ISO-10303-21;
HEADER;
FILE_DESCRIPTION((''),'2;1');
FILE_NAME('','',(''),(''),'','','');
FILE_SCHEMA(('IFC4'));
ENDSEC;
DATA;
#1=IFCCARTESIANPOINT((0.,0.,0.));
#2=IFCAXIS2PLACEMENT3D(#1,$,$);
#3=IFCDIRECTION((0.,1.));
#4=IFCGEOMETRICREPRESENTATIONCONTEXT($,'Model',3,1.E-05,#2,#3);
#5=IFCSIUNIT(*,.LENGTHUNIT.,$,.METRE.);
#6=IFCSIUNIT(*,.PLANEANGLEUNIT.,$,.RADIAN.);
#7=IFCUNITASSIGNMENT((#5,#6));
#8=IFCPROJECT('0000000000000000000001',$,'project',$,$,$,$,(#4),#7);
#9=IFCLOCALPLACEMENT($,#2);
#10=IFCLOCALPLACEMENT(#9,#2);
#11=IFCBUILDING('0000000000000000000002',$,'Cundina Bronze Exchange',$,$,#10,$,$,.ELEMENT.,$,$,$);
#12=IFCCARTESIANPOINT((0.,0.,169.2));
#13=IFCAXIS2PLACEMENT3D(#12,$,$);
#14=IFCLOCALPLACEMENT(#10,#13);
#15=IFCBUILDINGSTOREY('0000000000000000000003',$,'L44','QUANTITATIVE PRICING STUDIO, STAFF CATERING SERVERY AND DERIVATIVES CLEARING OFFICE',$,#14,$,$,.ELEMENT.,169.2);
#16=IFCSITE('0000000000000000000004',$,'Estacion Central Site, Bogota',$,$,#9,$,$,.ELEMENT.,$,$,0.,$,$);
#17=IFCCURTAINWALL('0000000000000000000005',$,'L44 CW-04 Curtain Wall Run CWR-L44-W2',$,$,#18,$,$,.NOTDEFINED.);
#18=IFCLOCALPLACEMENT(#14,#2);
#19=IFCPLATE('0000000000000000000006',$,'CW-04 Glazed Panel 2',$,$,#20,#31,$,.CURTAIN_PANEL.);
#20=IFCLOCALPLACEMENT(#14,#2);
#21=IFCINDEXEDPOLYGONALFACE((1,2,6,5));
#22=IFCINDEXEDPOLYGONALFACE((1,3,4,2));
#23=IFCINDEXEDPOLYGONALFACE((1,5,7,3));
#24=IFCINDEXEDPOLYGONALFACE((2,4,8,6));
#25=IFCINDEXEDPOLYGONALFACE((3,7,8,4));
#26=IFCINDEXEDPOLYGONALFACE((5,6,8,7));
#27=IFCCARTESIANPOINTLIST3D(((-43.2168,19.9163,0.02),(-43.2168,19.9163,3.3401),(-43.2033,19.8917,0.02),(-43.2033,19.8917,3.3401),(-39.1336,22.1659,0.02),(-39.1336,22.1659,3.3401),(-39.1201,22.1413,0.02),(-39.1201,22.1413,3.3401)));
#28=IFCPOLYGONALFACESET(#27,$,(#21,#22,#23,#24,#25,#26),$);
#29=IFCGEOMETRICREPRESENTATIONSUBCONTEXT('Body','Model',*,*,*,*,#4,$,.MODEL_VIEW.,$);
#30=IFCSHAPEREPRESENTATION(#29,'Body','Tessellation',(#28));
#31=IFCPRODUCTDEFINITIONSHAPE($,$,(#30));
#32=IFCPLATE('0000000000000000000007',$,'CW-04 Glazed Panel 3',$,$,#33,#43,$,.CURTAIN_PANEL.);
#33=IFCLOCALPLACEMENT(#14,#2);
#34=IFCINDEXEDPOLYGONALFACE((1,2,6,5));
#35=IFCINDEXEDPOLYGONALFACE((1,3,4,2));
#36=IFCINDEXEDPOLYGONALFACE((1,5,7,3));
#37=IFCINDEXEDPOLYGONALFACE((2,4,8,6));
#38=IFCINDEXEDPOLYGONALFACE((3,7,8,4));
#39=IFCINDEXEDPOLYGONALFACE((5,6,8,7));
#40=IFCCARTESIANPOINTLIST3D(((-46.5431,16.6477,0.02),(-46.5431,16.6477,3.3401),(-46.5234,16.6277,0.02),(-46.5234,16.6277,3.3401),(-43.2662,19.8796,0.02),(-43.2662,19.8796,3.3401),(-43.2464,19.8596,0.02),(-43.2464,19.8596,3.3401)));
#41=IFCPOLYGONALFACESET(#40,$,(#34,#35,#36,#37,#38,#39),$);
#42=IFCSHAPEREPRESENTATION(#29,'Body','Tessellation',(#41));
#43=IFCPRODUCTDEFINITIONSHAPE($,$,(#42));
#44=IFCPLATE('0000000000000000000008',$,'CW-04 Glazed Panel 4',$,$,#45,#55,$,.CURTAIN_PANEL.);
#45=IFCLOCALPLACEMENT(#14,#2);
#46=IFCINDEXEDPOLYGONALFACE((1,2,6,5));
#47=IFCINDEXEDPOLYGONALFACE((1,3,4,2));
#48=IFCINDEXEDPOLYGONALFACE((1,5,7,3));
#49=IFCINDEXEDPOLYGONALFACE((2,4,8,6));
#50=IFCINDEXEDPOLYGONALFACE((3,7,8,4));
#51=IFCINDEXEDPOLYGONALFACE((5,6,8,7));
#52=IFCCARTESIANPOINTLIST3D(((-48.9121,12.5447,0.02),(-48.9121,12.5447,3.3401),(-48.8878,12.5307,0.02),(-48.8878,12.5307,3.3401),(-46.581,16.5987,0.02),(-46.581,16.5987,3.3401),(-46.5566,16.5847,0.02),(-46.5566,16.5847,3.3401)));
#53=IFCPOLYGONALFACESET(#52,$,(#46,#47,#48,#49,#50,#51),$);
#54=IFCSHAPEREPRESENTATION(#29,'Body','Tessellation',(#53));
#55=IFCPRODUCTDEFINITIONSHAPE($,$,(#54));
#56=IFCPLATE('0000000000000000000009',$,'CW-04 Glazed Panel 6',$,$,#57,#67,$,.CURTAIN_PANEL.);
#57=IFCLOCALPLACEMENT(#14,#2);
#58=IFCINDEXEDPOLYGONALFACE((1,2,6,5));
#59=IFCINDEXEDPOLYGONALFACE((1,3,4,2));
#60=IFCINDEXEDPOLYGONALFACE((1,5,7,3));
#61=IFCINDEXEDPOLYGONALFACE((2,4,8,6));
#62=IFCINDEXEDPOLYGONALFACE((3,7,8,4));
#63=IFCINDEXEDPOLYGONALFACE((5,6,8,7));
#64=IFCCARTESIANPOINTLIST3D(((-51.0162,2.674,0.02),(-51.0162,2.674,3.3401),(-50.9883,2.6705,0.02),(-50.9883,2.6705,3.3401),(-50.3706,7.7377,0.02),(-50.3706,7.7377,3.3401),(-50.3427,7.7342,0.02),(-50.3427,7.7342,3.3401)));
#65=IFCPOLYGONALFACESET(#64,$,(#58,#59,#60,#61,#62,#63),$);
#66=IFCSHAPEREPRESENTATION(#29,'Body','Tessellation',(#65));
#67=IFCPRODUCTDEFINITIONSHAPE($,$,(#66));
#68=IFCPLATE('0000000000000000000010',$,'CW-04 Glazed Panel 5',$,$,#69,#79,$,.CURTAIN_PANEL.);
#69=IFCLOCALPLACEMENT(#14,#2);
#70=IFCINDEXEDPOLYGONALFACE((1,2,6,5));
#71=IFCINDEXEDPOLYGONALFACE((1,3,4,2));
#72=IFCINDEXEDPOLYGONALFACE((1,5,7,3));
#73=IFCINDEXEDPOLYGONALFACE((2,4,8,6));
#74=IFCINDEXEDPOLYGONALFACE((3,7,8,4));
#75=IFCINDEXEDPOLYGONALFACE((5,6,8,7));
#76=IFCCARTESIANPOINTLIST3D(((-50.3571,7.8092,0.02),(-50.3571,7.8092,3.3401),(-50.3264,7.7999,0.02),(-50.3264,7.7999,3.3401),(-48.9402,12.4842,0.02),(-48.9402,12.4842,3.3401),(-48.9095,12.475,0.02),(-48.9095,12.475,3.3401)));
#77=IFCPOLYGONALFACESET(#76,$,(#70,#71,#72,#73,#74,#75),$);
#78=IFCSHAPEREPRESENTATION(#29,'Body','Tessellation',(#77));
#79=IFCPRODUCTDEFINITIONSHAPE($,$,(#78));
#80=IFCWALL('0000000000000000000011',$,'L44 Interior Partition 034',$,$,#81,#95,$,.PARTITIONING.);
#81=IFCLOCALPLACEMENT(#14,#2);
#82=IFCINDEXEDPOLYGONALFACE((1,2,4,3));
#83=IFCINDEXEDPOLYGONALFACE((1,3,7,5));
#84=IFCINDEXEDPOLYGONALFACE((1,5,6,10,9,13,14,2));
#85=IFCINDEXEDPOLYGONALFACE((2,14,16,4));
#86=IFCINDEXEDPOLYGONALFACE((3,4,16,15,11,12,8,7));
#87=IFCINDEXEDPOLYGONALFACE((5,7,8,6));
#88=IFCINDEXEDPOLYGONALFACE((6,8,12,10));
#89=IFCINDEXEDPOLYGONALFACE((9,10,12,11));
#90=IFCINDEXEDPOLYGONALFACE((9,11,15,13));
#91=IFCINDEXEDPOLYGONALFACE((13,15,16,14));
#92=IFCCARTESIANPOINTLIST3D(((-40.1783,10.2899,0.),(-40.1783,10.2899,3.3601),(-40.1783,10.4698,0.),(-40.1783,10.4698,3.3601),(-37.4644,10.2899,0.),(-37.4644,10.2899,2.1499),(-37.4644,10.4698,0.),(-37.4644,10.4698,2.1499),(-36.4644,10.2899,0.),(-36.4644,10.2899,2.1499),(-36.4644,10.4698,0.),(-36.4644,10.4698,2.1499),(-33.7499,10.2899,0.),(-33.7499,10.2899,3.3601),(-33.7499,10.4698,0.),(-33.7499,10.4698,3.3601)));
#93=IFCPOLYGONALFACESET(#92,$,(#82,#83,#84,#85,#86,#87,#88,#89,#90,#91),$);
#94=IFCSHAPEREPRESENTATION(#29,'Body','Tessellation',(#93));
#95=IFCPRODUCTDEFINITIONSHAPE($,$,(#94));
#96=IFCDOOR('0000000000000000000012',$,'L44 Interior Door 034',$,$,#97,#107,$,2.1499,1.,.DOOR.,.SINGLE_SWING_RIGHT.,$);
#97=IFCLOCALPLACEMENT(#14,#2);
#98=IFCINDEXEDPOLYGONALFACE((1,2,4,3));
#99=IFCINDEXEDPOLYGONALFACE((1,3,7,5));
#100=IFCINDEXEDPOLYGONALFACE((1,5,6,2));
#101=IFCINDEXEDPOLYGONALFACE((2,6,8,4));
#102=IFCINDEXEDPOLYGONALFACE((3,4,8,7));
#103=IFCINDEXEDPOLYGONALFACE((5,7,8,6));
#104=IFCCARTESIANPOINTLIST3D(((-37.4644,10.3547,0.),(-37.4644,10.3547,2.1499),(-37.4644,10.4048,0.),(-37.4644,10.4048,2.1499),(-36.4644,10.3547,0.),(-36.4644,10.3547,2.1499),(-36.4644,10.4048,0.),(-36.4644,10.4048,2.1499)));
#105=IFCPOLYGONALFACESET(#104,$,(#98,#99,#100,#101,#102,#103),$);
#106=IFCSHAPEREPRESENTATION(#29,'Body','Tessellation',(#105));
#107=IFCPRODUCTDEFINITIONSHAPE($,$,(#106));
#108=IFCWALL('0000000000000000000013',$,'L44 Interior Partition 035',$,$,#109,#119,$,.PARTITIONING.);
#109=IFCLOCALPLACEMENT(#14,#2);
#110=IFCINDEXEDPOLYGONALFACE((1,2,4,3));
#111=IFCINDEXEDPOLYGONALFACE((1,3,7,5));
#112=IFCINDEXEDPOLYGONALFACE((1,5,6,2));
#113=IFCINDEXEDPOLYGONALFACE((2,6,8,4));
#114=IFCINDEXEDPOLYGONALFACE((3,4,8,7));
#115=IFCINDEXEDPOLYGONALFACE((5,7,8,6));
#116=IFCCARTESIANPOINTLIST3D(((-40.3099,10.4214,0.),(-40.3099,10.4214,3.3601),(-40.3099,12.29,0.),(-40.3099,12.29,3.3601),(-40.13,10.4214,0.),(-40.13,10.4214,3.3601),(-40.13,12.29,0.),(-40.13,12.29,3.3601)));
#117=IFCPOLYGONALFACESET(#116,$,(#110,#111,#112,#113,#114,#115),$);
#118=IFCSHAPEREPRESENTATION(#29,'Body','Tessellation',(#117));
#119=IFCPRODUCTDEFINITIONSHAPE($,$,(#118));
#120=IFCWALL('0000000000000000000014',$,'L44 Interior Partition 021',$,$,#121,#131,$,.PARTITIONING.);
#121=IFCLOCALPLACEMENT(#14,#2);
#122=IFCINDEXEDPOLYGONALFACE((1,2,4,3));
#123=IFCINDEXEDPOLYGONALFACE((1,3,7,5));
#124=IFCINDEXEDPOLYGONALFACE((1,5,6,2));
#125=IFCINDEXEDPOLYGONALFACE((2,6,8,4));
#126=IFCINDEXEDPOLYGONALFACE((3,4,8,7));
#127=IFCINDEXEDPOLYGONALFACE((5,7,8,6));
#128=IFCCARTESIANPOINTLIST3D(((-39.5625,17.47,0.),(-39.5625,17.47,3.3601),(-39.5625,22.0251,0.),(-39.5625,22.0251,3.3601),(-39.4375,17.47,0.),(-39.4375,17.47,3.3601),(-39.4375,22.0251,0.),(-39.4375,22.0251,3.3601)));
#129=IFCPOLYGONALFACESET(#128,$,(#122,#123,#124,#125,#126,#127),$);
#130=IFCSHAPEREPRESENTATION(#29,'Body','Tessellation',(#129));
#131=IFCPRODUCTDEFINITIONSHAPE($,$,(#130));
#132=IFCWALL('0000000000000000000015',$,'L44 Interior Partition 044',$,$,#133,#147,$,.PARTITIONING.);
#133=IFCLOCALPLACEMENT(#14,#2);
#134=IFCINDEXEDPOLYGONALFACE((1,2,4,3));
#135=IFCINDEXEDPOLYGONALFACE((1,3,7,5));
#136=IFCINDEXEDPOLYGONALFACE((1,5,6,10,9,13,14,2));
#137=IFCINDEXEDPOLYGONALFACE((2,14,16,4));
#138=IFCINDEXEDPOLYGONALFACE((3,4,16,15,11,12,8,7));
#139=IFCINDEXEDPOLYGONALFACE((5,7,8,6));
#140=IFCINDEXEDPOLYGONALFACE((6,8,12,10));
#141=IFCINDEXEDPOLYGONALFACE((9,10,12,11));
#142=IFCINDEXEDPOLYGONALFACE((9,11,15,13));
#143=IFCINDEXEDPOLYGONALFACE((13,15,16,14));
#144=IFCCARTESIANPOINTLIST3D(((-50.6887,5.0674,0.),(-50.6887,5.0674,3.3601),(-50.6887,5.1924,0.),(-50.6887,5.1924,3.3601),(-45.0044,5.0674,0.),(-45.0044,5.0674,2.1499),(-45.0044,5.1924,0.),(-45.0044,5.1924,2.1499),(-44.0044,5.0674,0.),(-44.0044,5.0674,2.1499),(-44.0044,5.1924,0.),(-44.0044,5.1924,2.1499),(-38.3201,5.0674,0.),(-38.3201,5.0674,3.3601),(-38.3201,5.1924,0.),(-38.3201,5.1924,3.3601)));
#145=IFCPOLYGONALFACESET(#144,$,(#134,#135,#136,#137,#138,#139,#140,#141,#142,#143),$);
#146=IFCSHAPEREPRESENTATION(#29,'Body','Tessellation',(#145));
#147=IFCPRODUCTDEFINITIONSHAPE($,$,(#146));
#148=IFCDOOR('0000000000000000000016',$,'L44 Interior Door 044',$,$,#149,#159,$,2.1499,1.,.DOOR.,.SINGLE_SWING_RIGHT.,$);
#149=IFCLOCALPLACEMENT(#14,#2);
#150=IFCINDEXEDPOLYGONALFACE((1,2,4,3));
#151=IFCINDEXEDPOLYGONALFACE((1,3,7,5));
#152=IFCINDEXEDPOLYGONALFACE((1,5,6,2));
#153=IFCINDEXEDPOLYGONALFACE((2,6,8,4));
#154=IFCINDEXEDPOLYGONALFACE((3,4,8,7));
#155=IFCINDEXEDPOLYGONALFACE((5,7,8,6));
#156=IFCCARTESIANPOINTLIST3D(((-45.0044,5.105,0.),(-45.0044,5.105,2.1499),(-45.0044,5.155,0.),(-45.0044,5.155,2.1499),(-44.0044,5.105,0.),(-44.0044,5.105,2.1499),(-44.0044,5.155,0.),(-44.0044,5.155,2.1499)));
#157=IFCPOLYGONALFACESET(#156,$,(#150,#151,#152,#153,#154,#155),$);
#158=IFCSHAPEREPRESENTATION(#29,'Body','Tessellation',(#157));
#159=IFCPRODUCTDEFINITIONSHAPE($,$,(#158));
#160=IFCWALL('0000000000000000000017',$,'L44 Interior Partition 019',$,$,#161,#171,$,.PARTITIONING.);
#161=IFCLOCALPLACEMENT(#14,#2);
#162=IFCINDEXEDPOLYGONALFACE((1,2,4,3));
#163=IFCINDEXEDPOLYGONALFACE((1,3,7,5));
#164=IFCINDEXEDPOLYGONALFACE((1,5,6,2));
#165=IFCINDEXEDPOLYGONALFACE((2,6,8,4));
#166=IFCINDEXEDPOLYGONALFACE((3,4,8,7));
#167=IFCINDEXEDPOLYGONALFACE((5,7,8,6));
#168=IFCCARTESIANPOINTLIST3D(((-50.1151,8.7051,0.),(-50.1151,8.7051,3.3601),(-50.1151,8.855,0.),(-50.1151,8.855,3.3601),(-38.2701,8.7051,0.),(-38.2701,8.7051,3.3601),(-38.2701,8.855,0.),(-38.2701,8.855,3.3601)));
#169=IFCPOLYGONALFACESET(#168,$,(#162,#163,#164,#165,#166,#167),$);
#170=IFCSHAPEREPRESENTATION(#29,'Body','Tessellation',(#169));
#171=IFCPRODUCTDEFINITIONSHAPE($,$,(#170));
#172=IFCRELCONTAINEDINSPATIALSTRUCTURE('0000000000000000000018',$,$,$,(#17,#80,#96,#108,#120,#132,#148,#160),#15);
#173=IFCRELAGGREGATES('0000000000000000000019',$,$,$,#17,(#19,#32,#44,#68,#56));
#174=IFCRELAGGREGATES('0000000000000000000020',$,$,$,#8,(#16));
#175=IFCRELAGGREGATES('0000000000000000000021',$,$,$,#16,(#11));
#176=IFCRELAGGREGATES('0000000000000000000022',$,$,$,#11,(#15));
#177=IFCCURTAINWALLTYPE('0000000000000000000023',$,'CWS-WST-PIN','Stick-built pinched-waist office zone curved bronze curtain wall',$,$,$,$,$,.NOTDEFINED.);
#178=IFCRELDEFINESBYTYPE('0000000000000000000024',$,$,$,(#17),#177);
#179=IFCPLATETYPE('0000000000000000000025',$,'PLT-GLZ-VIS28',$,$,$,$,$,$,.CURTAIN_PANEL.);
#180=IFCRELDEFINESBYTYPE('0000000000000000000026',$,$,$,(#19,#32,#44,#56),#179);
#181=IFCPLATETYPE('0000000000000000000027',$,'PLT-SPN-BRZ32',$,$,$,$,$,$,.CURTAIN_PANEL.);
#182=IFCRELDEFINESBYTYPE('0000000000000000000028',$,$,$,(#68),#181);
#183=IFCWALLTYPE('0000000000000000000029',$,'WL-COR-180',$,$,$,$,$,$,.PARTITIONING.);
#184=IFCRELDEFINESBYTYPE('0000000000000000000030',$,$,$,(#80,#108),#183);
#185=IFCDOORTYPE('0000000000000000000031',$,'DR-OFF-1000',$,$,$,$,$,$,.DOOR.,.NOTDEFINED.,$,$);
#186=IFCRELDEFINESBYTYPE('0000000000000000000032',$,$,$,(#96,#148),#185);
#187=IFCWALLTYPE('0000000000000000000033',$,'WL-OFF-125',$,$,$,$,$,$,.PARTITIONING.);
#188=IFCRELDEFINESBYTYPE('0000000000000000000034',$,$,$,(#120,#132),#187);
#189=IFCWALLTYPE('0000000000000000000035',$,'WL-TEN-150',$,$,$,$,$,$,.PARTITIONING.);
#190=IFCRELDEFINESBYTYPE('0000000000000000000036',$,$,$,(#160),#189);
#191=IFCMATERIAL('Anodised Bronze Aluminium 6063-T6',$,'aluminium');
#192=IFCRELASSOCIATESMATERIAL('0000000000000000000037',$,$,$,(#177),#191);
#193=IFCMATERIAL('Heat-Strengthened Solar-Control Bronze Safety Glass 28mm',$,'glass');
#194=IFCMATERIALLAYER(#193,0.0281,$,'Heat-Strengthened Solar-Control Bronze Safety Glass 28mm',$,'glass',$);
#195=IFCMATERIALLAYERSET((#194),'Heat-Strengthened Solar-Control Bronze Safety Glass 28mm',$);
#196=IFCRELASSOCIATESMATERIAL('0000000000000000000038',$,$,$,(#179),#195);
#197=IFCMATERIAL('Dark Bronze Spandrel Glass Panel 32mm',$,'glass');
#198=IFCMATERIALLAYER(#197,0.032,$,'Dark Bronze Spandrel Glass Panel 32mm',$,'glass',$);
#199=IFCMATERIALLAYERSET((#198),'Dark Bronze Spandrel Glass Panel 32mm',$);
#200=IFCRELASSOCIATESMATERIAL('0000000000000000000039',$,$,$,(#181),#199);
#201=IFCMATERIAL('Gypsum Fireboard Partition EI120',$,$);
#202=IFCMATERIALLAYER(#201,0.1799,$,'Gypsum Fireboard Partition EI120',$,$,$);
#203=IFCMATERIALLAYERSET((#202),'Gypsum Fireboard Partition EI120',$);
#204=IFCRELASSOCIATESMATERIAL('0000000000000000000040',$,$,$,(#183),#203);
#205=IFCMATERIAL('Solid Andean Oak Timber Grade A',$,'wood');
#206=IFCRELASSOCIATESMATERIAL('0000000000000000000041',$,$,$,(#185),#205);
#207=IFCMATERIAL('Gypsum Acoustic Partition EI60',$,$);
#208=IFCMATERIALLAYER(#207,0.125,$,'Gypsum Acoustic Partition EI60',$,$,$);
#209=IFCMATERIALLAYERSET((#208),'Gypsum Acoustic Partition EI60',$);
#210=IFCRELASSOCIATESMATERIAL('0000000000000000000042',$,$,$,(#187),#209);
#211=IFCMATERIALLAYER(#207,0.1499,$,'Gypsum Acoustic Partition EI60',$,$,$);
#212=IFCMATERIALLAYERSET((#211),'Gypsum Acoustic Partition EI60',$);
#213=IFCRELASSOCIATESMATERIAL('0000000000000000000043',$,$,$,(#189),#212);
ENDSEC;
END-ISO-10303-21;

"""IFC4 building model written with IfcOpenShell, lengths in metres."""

from ifc_helpers import new_model, si_unit, direction, frame, frame_2d, origin, origin_2d, place, context, subcontext, project, spatial, rectangle, extrude, material, layer, layer_set, type_object, element, fill, aggregate, save


model = new_model("IFC4")

# Units and contexts
model_context = context("Model", 3, precision=1e-05, world=origin(), true_north=direction((0.0, 1.0)))
body_context = subcontext(model_context, "Body", "Model", "MODEL_VIEW")
ifc_project = project(units=[si_unit("LENGTHUNIT", "METRE"), si_unit("PLANEANGLEUNIT", "RADIAN")], contexts=[model_context])

# Site, building, storey
site_placement = place(None, origin())
site = spatial("IfcSite", under=ifc_project, at=site_placement, Name="Estacion Central Site, Bogota", CompositionType="ELEMENT", RefElevation=0.0)
building_placement = place(site_placement, origin())
building = spatial("IfcBuilding", under=site, at=building_placement, Name="Cundina Bronze Exchange", CompositionType="ELEMENT")
storey_placement = place(building_placement, frame((0.0, 0.0, 169.2)))
storey = spatial("IfcBuildingStorey", under=building, at=storey_placement, Name="L44", Description="QUANTITATIVE PRICING STUDIO, STAFF CATERING SERVERY AND DERIVATIVES CLEARING OFFICE", CompositionType="ELEMENT", Elevation=169.2)

# Curtain wall, plates
ifc_material_1 = material(Name="Anodised Bronze Aluminium 6063-T6", Category="aluminium")
curtain_wall_type = type_object("IfcCurtainWallType", Name="CWS-WST-PIN", Description="Stick-built pinched-waist office zone curved bronze curtain wall", PredefinedType="NOTDEFINED", material=ifc_material_1)
curtain_wall_placement = place(storey_placement, origin())
curtain_wall = element("IfcCurtainWall", 1, at=curtain_wall_placement, inside=storey, type_object=curtain_wall_type, Name="L44 CW-04 Curtain Wall Run CWR-L44-W2", PredefinedType="NOTDEFINED")
ifc_material_2 = material(Name="Heat-Strengthened Solar-Control Bronze Safety Glass 28mm", Category="glass")
ifc_layer_1 = layer(ifc_material_2, 0.0281, Name="Heat-Strengthened Solar-Control Bronze Safety Glass 28mm", Category="glass")
ifc_layer_set_1 = layer_set([ifc_layer_1], Name="Heat-Strengthened Solar-Control Bronze Safety Glass 28mm")
plate_type_1 = type_object("IfcPlateType", Name="PLT-GLZ-VIS28", PredefinedType="CURTAIN_PANEL", material=ifc_layer_set_1)
plate_1_placement = place(storey_placement, frame((-41.1685, 21.0288, 0.02), z_axis=(0.0, 0.0, 1.0), x_axis=(-0.875869, -0.482549, 0.0)))
plate_1 = element("IfcPlate", 2, at=plate_1_placement, type_object=plate_type_1, Name="CW-04 Glazed Panel 2", PredefinedType="CURTAIN_PANEL", context=body_context, shape_type="SweptSolid", body=[
    extrude(rectangle(XDim=4.6619, YDim=0.0281, at=origin_2d()), origin(), (0.0, 0.0, 1.0), 3.3201),
])
plate_2_placement = place(storey_placement, frame((-44.8948, 18.2537, 0.02), z_axis=(0.0, 0.0, 1.0), x_axis=(-0.711989, -0.70219, 0.0)))
plate_2 = element("IfcPlate", 3, at=plate_2_placement, type_object=plate_type_1, Name="CW-04 Glazed Panel 3", PredefinedType="CURTAIN_PANEL", context=body_context, shape_type="SweptSolid", body=[
    extrude(rectangle(XDim=4.6025, YDim=0.0281, at=origin_2d()), origin(), (0.0, 0.0, 1.0), 3.3201),
])
plate_3_placement = place(storey_placement, frame((-47.7344, 14.5647, 0.02), z_axis=(0.0, 0.0, 1.0), x_axis=(-0.498488, -0.866897, 0.0)))
plate_3 = element("IfcPlate", 4, at=plate_3_placement, type_object=plate_type_1, Name="CW-04 Glazed Panel 4", PredefinedType="CURTAIN_PANEL", context=body_context, shape_type="SweptSolid", body=[
    extrude(rectangle(XDim=4.6765, YDim=0.0281, at=origin_2d()), origin(), (0.0, 0.0, 1.0), 3.3201),
])
plate_4_placement = place(storey_placement, frame((-50.6794, 5.2041, 0.02), z_axis=(0.0, 0.0, 1.0), x_axis=(-0.126476, -0.99197, 0.0)))
plate_4 = element("IfcPlate", 5, at=plate_4_placement, type_object=plate_type_1, Name="CW-04 Glazed Panel 6", PredefinedType="CURTAIN_PANEL", context=body_context, shape_type="SweptSolid", body=[
    extrude(rectangle(XDim=5.1047, YDim=0.0281, at=origin_2d()), origin(), (0.0, 0.0, 1.0), 3.3201),
])
ifc_material_3 = material(Name="Dark Bronze Spandrel Glass Panel 32mm", Category="glass")
ifc_layer_2 = layer(ifc_material_3, 0.032, Name="Dark Bronze Spandrel Glass Panel 32mm", Category="glass")
ifc_layer_set_2 = layer_set([ifc_layer_2], Name="Dark Bronze Spandrel Glass Panel 32mm")
plate_type_2 = type_object("IfcPlateType", Name="PLT-SPN-BRZ32", PredefinedType="CURTAIN_PANEL", material=ifc_layer_set_2)
plate_5_placement = place(storey_placement, frame((-49.6333, 10.1421, 0.02), z_axis=(0.0, 0.0, 1.0), x_axis=(-0.290051, -0.957011, 0.0)))
plate_5 = element("IfcPlate", 6, at=plate_5_placement, type_object=plate_type_2, Name="CW-04 Glazed Panel 5", PredefinedType="CURTAIN_PANEL", context=body_context, shape_type="SweptSolid", body=[
    extrude(rectangle(XDim=4.885, YDim=0.032, at=origin_2d()), origin(), (0.0, 0.0, 1.0), 3.3201),
])
aggregate(curtain_wall, [plate_1, plate_2, plate_3, plate_5, plate_4])

# Wall, opening, door
ifc_material_4 = material(Name="Gypsum Fireboard Partition EI120")
ifc_layer_3 = layer(ifc_material_4, 0.1799, Name="Gypsum Fireboard Partition EI120")
ifc_layer_set_3 = layer_set([ifc_layer_3], Name="Gypsum Fireboard Partition EI120")
wall_type_1 = type_object("IfcWallType", Name="WL-COR-180", PredefinedType="PARTITIONING", material=ifc_layer_set_3)
wall_1_placement = place(storey_placement, frame((-40.1785, 10.3799, 0.0), z_axis=(0.0, 0.0, 1.0), x_axis=(1.0, 0.0, 0.0)))
wall_1 = element("IfcWall", 7, at=wall_1_placement, inside=storey, type_object=wall_type_1, Name="L44 Interior Partition 034", PredefinedType="PARTITIONING", context=body_context, shape_type="SweptSolid", body=[
    extrude(rectangle(XDim=6.4285, YDim=0.1799, at=frame_2d((3.2144, 0.0))), origin(), (0.0, 0.0, 1.0), 3.3601),
])
opening_1_placement = place(wall_1_placement, frame((2.7141, 0.0, 0.0)))
opening_1 = element("IfcOpeningElement", 8, at=opening_1_placement, cuts=wall_1, PredefinedType="OPENING", context=body_context, shape_type="SweptSolid", body=[
    extrude(rectangle(XDim=1.0, YDim=2.1499, at=frame_2d((0.5, 1.075))), frame((0.0, 0.0999, 0.0), z_axis=(0.0, -1.0, 0.0), x_axis=(1.0, 0.0, 0.0)), (0.0, 0.0, 1.0), 0.2),
])
ifc_material_5 = material(Name="Solid Andean Oak Timber Grade A", Category="wood")
door_type = type_object("IfcDoorType", Name="DR-OFF-1000", OperationType="NOTDEFINED", PredefinedType="DOOR", material=ifc_material_5)
door_1_placement = place(opening_1_placement, origin())
door_1 = element("IfcDoor", 9, at=door_1_placement, inside=storey, type_object=door_type, Name="L44 Interior Door 034", OperationType="SINGLE_SWING_RIGHT", OverallHeight=2.1499, OverallWidth=1.0, PredefinedType="DOOR", context=body_context, shape_type="SweptSolid", body=[
    extrude(rectangle(XDim=1.0, YDim=2.1499, at=frame_2d((0.5, 1.075))), frame((0.0, 0.0249, 0.0), z_axis=(0.0, -1.0, 0.0), x_axis=(1.0, 0.0, 0.0)), (0.0, 0.0, 1.0), 0.05),
])
fill(opening_1, door_1)

# Walls
wall_2_placement = place(storey_placement, frame((-40.22, 12.29, 0.0), z_axis=(0.0, 0.0, 1.0), x_axis=(0.0, -1.0, 0.0)))
element("IfcWall", 10, at=wall_2_placement, inside=storey, type_object=wall_type_1, Name="L44 Interior Partition 035", PredefinedType="PARTITIONING", context=body_context, shape_type="SweptSolid", body=[
    extrude(rectangle(XDim=1.8687, YDim=0.1799, at=frame_2d((0.9343, 0.0))), origin(), (0.0, 0.0, 1.0), 3.3601),
])
ifc_material_6 = material(Name="Gypsum Acoustic Partition EI60")
ifc_layer_4 = layer(ifc_material_6, 0.125, Name="Gypsum Acoustic Partition EI60")
ifc_layer_set_4 = layer_set([ifc_layer_4], Name="Gypsum Acoustic Partition EI60")
wall_type_2 = type_object("IfcWallType", Name="WL-OFF-125", PredefinedType="PARTITIONING", material=ifc_layer_set_4)
wall_3_placement = place(storey_placement, frame((-39.5, 17.47, 0.0), z_axis=(0.0, 0.0, 1.0), x_axis=(0.0, 1.0, 0.0)))
element("IfcWall", 11, at=wall_3_placement, inside=storey, type_object=wall_type_2, Name="L44 Interior Partition 021", PredefinedType="PARTITIONING", context=body_context, shape_type="SweptSolid", body=[
    extrude(rectangle(XDim=4.5552, YDim=0.125, at=frame_2d((2.2776, 0.0))), origin(), (0.0, 0.0, 1.0), 3.3601),
])

# Wall, opening, door
wall_4_placement = place(storey_placement, frame((-38.3201, 5.1299, 0.0), z_axis=(0.0, 0.0, 1.0), x_axis=(-1.0, 0.0, 0.0)))
wall_4 = element("IfcWall", 12, at=wall_4_placement, inside=storey, type_object=wall_type_2, Name="L44 Interior Partition 044", PredefinedType="PARTITIONING", context=body_context, shape_type="SweptSolid", body=[
    extrude(rectangle(XDim=12.3687, YDim=0.125, at=frame_2d((6.1843, 0.0))), origin(), (0.0, 0.0, 1.0), 3.3601),
])
opening_2_placement = place(wall_4_placement, frame((5.6843, 0.0, 0.0)))
opening_2 = element("IfcOpeningElement", 13, at=opening_2_placement, cuts=wall_4, PredefinedType="OPENING", context=body_context, shape_type="SweptSolid", body=[
    extrude(rectangle(XDim=1.0, YDim=2.1499, at=frame_2d((0.5, 1.075))), frame((0.0, 0.0725, 0.0), z_axis=(0.0, -1.0, 0.0), x_axis=(1.0, 0.0, 0.0)), (0.0, 0.0, 1.0), 0.145),
])
door_2_placement = place(opening_2_placement, origin())
door_2 = element("IfcDoor", 14, at=door_2_placement, inside=storey, type_object=door_type, Name="L44 Interior Door 044", OperationType="SINGLE_SWING_RIGHT", OverallHeight=2.1499, OverallWidth=1.0, PredefinedType="DOOR", context=body_context, shape_type="SweptSolid", body=[
    extrude(rectangle(XDim=1.0, YDim=2.1499, at=frame_2d((0.5, 1.075))), frame((0.0, 0.0249, 0.0), z_axis=(0.0, -1.0, 0.0), x_axis=(1.0, 0.0, 0.0)), (0.0, 0.0, 1.0), 0.05),
])
fill(opening_2, door_2)

# Wall
ifc_layer_5 = layer(ifc_material_6, 0.1499, Name="Gypsum Acoustic Partition EI60")
ifc_layer_set_5 = layer_set([ifc_layer_5], Name="Gypsum Acoustic Partition EI60")
wall_type_3 = type_object("IfcWallType", Name="WL-TEN-150", PredefinedType="PARTITIONING", material=ifc_layer_set_5)
wall_5_placement = place(storey_placement, frame((-50.115, 8.78, 0.0), z_axis=(0.0, 0.0, 1.0), x_axis=(1.0, 0.0, 0.0)))
element("IfcWall", 15, at=wall_5_placement, inside=storey, type_object=wall_type_3, Name="L44 Interior Partition 019", PredefinedType="PARTITIONING", context=body_context, shape_type="SweptSolid", body=[
    extrude(rectangle(XDim=11.845, YDim=0.1499, at=frame_2d((5.9224, 0.0))), origin(), (0.0, 0.0, 1.0), 3.3601),
])

save(model, "model.ifc")
